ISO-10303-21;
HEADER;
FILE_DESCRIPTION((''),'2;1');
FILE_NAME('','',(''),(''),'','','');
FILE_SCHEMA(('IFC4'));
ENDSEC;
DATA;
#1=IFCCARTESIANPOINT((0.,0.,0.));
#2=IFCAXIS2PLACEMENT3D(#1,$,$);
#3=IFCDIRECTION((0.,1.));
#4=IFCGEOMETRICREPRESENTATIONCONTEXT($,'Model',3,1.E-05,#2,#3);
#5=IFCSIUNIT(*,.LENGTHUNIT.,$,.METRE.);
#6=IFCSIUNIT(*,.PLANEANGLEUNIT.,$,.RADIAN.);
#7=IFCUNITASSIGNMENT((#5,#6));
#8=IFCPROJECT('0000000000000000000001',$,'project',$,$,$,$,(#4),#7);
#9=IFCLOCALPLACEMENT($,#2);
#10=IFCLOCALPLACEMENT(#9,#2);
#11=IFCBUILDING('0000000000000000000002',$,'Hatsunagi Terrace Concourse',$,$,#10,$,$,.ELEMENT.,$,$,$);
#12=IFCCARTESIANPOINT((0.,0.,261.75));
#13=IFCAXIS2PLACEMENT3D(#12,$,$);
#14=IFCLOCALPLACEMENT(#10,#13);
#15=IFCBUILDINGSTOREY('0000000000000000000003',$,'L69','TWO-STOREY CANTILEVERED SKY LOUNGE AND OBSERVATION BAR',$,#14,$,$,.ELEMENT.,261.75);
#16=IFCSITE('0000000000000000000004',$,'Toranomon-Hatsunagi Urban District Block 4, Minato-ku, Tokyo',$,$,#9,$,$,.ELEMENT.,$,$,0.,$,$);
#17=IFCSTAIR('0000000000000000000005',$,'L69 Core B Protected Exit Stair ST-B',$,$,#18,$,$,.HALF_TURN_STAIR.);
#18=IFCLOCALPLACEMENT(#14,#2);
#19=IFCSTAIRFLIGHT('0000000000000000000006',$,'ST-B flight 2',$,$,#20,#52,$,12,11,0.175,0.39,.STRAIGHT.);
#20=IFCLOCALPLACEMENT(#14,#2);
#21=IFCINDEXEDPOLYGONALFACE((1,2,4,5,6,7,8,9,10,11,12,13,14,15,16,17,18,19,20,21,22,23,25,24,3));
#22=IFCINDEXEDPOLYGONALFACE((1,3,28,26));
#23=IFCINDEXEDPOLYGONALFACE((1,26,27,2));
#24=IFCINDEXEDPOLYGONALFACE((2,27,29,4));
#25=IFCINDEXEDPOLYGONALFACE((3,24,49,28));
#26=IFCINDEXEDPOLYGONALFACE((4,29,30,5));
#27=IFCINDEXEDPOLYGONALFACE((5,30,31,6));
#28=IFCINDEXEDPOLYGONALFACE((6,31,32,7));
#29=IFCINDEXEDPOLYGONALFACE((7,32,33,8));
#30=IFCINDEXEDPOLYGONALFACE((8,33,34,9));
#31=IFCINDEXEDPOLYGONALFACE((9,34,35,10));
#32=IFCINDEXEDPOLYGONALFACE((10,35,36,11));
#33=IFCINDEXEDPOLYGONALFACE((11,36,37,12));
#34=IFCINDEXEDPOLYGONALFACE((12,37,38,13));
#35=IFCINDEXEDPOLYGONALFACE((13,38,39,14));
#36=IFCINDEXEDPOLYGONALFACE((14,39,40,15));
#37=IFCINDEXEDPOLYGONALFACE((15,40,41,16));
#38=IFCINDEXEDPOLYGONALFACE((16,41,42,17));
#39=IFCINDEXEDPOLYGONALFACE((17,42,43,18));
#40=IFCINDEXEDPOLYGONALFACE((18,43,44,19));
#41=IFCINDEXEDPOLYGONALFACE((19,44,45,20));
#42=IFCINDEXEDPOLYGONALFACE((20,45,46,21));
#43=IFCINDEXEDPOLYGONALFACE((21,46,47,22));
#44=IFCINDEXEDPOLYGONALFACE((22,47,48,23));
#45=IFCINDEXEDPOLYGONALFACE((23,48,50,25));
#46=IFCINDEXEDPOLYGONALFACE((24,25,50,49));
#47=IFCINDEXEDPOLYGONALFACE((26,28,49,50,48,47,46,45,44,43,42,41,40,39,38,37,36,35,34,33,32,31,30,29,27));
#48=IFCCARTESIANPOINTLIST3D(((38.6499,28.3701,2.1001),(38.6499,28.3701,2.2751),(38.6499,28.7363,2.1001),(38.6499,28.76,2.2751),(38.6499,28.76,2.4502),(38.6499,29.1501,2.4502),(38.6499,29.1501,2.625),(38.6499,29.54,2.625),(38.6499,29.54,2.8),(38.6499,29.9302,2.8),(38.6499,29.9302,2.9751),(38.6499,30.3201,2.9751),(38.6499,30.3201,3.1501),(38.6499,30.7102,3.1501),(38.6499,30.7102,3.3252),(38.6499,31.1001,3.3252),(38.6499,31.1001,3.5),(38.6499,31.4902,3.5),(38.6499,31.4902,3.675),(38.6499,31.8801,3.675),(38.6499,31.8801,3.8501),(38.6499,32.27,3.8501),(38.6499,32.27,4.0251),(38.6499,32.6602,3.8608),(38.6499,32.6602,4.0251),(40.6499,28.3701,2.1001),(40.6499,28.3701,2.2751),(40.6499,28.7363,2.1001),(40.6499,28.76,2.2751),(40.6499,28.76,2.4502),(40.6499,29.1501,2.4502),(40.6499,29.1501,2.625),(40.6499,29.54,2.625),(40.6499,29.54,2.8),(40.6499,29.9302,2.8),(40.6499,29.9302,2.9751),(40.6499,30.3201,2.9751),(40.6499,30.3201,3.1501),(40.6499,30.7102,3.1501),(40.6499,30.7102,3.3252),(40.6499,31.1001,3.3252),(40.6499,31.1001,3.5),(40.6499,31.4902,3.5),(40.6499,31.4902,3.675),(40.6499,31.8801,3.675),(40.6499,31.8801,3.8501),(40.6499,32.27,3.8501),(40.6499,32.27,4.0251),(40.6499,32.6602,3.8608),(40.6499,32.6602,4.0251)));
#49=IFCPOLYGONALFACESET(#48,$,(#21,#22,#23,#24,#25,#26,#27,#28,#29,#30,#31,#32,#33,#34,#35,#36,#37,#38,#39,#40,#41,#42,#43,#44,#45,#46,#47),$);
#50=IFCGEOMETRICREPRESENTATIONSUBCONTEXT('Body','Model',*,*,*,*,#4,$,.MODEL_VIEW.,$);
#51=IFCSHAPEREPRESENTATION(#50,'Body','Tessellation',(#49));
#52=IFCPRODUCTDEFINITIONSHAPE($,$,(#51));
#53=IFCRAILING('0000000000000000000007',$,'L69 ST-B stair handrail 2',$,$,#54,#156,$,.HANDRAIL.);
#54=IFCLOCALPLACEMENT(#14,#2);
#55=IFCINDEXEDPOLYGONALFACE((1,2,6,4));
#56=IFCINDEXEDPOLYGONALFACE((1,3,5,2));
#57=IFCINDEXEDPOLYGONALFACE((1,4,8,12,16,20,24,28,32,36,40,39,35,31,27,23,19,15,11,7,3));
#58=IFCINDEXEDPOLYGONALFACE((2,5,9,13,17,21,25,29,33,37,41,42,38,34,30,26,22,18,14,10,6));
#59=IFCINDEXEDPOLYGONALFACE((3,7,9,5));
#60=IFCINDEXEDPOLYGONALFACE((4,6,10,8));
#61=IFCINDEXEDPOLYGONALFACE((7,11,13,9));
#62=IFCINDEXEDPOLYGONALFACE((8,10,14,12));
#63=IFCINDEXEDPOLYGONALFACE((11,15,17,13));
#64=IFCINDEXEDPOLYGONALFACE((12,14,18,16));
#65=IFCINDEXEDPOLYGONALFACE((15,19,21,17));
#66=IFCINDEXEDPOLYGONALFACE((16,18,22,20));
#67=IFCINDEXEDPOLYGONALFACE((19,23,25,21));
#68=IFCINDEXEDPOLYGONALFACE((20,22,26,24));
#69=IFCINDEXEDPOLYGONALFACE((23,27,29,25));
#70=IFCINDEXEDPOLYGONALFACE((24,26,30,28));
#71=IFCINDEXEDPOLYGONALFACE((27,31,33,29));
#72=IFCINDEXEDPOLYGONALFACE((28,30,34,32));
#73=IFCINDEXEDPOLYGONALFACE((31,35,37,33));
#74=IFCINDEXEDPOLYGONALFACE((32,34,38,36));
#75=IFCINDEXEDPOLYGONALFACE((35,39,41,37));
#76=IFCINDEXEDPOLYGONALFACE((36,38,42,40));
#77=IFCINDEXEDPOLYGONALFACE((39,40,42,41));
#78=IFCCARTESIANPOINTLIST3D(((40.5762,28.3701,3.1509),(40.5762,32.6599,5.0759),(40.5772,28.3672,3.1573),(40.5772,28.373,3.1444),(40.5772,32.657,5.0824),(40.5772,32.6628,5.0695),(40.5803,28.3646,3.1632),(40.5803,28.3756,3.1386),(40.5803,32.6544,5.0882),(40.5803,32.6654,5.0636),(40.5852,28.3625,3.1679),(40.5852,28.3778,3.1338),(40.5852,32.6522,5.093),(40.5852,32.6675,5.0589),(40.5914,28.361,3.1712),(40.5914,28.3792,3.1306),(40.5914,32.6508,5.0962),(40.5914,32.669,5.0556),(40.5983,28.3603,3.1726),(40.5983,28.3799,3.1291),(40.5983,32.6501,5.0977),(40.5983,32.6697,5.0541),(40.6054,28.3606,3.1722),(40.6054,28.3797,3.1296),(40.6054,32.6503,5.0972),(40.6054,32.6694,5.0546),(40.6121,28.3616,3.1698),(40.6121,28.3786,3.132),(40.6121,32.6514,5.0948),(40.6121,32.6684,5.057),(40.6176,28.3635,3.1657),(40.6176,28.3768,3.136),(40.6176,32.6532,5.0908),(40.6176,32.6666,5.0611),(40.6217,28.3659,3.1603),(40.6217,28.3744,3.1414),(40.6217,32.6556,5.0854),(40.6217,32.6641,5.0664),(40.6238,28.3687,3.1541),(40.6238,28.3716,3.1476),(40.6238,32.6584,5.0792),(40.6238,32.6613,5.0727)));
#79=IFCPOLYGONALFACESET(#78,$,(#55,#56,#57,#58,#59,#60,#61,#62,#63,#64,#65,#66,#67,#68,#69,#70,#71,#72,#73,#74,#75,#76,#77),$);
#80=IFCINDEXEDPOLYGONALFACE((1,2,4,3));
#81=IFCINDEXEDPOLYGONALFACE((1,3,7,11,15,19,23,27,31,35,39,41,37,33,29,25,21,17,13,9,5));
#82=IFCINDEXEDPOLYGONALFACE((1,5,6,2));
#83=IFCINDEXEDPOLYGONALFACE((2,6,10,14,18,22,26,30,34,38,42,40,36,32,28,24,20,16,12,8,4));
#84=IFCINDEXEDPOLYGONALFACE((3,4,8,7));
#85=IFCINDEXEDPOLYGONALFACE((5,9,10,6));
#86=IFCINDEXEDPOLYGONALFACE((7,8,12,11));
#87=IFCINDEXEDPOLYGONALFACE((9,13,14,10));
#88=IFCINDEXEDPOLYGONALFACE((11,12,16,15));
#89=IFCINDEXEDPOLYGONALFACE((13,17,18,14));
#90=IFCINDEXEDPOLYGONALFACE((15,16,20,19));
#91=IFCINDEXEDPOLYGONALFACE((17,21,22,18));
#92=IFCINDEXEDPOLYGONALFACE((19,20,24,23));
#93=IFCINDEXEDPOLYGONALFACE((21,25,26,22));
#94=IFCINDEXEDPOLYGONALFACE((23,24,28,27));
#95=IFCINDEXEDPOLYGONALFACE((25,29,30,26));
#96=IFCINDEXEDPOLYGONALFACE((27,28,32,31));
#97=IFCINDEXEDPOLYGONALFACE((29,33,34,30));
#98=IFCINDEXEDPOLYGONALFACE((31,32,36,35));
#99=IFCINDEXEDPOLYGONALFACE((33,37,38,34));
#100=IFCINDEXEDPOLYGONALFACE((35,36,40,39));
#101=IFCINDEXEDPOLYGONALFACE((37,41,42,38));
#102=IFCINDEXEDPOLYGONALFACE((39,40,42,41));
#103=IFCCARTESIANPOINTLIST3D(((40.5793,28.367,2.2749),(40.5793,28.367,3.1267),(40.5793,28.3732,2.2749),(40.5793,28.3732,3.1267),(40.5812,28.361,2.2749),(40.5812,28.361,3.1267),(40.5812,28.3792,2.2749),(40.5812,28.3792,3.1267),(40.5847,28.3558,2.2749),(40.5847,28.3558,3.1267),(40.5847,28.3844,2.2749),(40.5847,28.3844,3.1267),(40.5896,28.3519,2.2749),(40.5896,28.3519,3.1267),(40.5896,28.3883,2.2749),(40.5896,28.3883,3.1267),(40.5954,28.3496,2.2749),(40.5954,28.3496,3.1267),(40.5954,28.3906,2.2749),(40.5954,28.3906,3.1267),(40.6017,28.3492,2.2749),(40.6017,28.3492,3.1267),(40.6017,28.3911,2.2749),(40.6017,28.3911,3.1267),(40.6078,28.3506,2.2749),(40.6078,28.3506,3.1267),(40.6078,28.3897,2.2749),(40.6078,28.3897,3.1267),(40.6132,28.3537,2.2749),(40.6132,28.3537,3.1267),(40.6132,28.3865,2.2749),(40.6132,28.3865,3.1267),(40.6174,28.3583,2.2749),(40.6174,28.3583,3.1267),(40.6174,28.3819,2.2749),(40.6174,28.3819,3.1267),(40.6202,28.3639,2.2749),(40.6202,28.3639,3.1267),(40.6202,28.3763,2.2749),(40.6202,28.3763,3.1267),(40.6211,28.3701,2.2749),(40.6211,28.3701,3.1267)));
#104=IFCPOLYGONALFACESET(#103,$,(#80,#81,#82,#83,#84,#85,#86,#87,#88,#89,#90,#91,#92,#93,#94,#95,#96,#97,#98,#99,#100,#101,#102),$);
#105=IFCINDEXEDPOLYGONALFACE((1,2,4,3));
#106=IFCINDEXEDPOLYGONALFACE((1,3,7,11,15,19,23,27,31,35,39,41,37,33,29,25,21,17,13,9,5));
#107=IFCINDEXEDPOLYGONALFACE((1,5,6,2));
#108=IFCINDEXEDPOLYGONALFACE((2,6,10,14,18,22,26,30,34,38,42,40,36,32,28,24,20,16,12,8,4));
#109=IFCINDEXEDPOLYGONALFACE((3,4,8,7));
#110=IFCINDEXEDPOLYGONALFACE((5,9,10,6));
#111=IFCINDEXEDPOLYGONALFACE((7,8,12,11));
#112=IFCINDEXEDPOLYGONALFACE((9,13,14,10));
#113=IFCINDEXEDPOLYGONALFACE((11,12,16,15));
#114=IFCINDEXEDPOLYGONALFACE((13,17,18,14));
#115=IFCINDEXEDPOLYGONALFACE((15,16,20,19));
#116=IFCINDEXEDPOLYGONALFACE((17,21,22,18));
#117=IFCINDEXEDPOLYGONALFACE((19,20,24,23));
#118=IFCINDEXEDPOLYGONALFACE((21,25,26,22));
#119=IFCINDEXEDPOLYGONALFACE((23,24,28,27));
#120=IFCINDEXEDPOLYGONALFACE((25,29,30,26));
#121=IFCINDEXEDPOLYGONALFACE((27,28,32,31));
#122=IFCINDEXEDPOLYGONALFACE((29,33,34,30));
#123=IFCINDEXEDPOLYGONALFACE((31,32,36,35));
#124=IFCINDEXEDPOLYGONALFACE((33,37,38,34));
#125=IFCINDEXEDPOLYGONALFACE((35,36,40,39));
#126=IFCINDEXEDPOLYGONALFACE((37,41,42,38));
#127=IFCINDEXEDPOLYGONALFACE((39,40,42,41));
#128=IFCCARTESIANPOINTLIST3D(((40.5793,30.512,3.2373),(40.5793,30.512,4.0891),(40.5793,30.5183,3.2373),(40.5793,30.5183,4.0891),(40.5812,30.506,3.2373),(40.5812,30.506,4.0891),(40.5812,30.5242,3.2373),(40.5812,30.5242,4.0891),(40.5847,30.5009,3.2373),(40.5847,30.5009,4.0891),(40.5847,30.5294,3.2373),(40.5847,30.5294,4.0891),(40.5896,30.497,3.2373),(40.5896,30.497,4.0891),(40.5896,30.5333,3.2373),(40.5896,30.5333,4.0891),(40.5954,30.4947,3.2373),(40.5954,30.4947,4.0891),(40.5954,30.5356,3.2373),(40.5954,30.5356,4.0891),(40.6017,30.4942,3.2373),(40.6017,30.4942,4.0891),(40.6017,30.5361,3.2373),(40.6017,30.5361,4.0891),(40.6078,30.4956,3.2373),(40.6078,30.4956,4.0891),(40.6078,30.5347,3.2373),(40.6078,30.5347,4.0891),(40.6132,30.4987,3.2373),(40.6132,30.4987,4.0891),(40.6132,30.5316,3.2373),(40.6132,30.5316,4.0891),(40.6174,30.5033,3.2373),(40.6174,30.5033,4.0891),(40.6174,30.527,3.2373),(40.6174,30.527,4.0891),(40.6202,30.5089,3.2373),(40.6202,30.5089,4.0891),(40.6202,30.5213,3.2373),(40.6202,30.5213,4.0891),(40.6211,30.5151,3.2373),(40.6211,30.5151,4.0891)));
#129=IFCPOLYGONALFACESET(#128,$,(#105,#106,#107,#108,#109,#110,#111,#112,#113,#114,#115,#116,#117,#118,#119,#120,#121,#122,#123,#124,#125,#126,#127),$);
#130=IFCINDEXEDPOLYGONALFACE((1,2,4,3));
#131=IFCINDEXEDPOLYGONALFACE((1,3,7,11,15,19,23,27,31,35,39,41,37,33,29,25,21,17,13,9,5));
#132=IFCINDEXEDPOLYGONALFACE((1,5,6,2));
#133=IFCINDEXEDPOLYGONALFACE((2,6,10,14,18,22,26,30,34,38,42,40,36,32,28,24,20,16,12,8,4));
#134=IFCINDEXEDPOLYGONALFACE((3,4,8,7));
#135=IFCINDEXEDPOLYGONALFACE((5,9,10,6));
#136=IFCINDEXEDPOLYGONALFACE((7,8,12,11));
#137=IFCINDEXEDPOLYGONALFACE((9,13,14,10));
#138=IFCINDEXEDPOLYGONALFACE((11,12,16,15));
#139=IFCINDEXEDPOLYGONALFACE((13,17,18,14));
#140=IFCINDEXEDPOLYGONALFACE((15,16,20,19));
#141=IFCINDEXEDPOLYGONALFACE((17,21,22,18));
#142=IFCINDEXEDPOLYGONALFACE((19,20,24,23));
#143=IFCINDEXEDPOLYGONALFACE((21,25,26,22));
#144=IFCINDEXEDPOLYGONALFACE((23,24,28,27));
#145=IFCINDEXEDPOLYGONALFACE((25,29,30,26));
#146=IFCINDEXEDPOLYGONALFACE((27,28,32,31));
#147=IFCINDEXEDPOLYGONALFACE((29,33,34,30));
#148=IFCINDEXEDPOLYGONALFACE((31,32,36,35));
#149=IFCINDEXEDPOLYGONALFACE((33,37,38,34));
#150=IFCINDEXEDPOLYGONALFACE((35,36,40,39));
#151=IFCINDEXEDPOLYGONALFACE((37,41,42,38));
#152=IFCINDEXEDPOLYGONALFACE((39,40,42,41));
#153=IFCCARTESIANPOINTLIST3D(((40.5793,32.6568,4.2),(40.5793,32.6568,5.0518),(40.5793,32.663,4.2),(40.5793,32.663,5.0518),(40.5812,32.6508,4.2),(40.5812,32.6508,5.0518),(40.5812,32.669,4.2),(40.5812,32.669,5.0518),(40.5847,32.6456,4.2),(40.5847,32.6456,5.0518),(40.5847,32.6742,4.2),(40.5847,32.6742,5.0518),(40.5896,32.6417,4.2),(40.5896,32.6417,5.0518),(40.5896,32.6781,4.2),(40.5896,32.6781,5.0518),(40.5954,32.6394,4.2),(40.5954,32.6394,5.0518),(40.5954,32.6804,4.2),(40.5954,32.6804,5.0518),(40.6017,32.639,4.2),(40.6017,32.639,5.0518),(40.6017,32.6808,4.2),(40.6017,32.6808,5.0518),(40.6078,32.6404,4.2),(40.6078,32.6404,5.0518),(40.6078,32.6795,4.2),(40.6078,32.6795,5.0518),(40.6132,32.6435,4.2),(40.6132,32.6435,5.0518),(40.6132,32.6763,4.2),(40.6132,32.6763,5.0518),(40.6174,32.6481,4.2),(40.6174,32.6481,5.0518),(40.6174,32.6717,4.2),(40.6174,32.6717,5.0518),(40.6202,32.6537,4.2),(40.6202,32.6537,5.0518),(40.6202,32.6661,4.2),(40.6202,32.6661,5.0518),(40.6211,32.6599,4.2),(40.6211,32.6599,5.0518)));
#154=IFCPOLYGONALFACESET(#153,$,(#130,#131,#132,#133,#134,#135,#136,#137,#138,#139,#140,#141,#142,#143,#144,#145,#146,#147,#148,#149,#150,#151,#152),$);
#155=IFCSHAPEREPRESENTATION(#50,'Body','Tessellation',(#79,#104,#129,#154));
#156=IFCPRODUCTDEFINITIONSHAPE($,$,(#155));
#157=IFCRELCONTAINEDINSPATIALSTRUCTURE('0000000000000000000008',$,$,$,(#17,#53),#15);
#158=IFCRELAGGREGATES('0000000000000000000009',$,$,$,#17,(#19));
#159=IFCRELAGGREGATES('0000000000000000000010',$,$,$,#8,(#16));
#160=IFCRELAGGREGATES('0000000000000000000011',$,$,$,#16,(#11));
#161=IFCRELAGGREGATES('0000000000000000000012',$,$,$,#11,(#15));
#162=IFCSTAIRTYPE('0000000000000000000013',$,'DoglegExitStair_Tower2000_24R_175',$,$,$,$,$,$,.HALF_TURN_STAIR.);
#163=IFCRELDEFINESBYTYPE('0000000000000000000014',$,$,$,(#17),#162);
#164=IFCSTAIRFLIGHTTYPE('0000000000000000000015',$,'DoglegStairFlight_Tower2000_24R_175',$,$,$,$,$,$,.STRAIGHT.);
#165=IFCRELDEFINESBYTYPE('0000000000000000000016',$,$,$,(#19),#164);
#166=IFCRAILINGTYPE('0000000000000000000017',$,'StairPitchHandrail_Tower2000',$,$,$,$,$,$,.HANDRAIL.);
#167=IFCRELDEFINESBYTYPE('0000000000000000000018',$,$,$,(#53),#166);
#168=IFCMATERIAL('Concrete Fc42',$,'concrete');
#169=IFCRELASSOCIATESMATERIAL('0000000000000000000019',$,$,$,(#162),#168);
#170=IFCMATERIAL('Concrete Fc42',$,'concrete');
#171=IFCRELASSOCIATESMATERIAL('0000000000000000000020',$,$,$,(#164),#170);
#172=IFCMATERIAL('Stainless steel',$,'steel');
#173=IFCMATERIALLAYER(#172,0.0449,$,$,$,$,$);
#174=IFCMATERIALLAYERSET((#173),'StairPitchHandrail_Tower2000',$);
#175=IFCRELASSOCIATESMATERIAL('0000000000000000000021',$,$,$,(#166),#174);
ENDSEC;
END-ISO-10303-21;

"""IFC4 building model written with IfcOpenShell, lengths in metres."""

from ifc_helpers import new_model, si_unit, direction, frame, origin, origin_2d, place, context, subcontext, project, spatial, polyline, circle, outline, extrude, material, layer, layer_set, type_object, element, aggregate, save


model = new_model("IFC4")

# Units and contexts
model_context = context("Model", 3, precision=1e-05, world=origin(), true_north=direction((0.0, 1.0)))
body_context = subcontext(model_context, "Body", "Model", "MODEL_VIEW")
ifc_project = project(units=[si_unit("LENGTHUNIT", "METRE"), si_unit("PLANEANGLEUNIT", "RADIAN")], contexts=[model_context])

# Site, building, storey
site_placement = place(None, origin())
site = spatial("IfcSite", under=ifc_project, at=site_placement, Name="Toranomon-Hatsunagi Urban District Block 4, Minato-ku, Tokyo", CompositionType="ELEMENT", RefElevation=0.0)
building_placement = place(site_placement, origin())
building = spatial("IfcBuilding", under=site, at=building_placement, Name="Hatsunagi Terrace Concourse", CompositionType="ELEMENT")
storey_placement = place(building_placement, frame((0.0, 0.0, 261.75)))
storey = spatial("IfcBuildingStorey", under=building, at=storey_placement, Name="L69", Description="TWO-STOREY CANTILEVERED SKY LOUNGE AND OBSERVATION BAR", CompositionType="ELEMENT", Elevation=261.75)

# Stair, stair flight
ifc_material_1 = material(Name="Concrete Fc42", Category="concrete")
stair_type = type_object("IfcStairType", Name="DoglegExitStair_Tower2000_24R_175", PredefinedType="HALF_TURN_STAIR", material=ifc_material_1)
stair_placement = place(storey_placement, origin())
stair = element("IfcStair", 1, at=stair_placement, inside=storey, type_object=stair_type, Name="L69 Core B Protected Exit Stair ST-B", PredefinedType="HALF_TURN_STAIR")
ifc_material_2 = material(Name="Concrete Fc42", Category="concrete")
stair_flight_type = type_object("IfcStairFlightType", Name="DoglegStairFlight_Tower2000_24R_175", PredefinedType="STRAIGHT", material=ifc_material_2)
stair_flight_placement = place(storey_placement, frame((39.6499, 28.3701, 2.1001), z_axis=(0.0, 0.0, 1.0), x_axis=(0.0, 1.0, 0.0)))
stair_flight = element("IfcStairFlight", 2, at=stair_flight_placement, type_object=stair_flight_type, Name="ST-B flight 2", NumberOfRisers=12, NumberOfTreads=11, PredefinedType="STRAIGHT", RiserHeight=0.175, TreadLength=0.39, context=body_context, shape_type="SweptSolid", body=[
    extrude(outline(polyline([(0.0, 0.0), (0.0, 0.175), (0.3899, 0.175), (0.3899, 0.3501), (0.78, 0.3501), (0.78, 0.5249), (1.1699, 0.5249), (1.1699, 0.7), (1.5601, 0.7), (1.5601, 0.875), (1.95, 0.875), (1.95, 1.05), (2.3401, 1.05), (2.3401, 1.2251), (2.73, 1.2251), (2.73, 1.3999), (3.1201, 1.3999), (3.1201, 1.575), (3.51, 1.575), (3.51, 1.75), (3.8999, 1.75), (3.8999, 1.925), (4.29, 1.925), (4.29, 2.1001), (4.29, 1.7607), (0.3662, 0.0), (0.0, 0.0)])), frame((0.0, 1.0, 0.0), z_axis=(0.0, -1.0, 0.0), x_axis=(1.0, 0.0, 0.0)), (0.0, 0.0, 1.0), 2.0),
])
aggregate(stair, [stair_flight])

# Railing
ifc_material_3 = material(Name="Stainless steel", Category="steel")
ifc_layer_1 = layer(ifc_material_3, 0.0449)
ifc_layer_set_1 = layer_set([ifc_layer_1], Name="StairPitchHandrail_Tower2000")
railing_type_1 = type_object("IfcRailingType", Name="StairPitchHandrail_Tower2000", PredefinedType="HANDRAIL", material=ifc_layer_set_1)
railing_1_placement = place(storey_placement, frame((40.6001, 28.3701, 2.2749)))
element("IfcRailing", 3, at=railing_1_placement, inside=storey, type_object=railing_type_1, Name="L69 ST-B stair handrail 2", PredefinedType="HANDRAIL", context=body_context, shape_type="SweptSolid", body=[
    extrude(circle(Radius=0.0239, at=origin_2d()), frame((0.0, 0.0, 0.876), z_axis=(0.0, 0.912348, 0.409417), x_axis=(-1.0, 0.0, 0.0)), (0.0, 0.0, 1.0), 4.7019),
    extrude(circle(Radius=0.021, at=origin_2d()), origin(), (0.0, 0.0, 1.0), 0.8518),
    extrude(circle(Radius=0.021, at=origin_2d()), frame((0.0, 2.145, 0.9624)), (0.0, 0.0, 1.0), 0.8518),
    extrude(circle(Radius=0.021, at=origin_2d()), frame((0.0, 4.2898, 1.925)), (0.0, 0.0, 1.0), 0.8518),
])

save(model, "model.ifc")
